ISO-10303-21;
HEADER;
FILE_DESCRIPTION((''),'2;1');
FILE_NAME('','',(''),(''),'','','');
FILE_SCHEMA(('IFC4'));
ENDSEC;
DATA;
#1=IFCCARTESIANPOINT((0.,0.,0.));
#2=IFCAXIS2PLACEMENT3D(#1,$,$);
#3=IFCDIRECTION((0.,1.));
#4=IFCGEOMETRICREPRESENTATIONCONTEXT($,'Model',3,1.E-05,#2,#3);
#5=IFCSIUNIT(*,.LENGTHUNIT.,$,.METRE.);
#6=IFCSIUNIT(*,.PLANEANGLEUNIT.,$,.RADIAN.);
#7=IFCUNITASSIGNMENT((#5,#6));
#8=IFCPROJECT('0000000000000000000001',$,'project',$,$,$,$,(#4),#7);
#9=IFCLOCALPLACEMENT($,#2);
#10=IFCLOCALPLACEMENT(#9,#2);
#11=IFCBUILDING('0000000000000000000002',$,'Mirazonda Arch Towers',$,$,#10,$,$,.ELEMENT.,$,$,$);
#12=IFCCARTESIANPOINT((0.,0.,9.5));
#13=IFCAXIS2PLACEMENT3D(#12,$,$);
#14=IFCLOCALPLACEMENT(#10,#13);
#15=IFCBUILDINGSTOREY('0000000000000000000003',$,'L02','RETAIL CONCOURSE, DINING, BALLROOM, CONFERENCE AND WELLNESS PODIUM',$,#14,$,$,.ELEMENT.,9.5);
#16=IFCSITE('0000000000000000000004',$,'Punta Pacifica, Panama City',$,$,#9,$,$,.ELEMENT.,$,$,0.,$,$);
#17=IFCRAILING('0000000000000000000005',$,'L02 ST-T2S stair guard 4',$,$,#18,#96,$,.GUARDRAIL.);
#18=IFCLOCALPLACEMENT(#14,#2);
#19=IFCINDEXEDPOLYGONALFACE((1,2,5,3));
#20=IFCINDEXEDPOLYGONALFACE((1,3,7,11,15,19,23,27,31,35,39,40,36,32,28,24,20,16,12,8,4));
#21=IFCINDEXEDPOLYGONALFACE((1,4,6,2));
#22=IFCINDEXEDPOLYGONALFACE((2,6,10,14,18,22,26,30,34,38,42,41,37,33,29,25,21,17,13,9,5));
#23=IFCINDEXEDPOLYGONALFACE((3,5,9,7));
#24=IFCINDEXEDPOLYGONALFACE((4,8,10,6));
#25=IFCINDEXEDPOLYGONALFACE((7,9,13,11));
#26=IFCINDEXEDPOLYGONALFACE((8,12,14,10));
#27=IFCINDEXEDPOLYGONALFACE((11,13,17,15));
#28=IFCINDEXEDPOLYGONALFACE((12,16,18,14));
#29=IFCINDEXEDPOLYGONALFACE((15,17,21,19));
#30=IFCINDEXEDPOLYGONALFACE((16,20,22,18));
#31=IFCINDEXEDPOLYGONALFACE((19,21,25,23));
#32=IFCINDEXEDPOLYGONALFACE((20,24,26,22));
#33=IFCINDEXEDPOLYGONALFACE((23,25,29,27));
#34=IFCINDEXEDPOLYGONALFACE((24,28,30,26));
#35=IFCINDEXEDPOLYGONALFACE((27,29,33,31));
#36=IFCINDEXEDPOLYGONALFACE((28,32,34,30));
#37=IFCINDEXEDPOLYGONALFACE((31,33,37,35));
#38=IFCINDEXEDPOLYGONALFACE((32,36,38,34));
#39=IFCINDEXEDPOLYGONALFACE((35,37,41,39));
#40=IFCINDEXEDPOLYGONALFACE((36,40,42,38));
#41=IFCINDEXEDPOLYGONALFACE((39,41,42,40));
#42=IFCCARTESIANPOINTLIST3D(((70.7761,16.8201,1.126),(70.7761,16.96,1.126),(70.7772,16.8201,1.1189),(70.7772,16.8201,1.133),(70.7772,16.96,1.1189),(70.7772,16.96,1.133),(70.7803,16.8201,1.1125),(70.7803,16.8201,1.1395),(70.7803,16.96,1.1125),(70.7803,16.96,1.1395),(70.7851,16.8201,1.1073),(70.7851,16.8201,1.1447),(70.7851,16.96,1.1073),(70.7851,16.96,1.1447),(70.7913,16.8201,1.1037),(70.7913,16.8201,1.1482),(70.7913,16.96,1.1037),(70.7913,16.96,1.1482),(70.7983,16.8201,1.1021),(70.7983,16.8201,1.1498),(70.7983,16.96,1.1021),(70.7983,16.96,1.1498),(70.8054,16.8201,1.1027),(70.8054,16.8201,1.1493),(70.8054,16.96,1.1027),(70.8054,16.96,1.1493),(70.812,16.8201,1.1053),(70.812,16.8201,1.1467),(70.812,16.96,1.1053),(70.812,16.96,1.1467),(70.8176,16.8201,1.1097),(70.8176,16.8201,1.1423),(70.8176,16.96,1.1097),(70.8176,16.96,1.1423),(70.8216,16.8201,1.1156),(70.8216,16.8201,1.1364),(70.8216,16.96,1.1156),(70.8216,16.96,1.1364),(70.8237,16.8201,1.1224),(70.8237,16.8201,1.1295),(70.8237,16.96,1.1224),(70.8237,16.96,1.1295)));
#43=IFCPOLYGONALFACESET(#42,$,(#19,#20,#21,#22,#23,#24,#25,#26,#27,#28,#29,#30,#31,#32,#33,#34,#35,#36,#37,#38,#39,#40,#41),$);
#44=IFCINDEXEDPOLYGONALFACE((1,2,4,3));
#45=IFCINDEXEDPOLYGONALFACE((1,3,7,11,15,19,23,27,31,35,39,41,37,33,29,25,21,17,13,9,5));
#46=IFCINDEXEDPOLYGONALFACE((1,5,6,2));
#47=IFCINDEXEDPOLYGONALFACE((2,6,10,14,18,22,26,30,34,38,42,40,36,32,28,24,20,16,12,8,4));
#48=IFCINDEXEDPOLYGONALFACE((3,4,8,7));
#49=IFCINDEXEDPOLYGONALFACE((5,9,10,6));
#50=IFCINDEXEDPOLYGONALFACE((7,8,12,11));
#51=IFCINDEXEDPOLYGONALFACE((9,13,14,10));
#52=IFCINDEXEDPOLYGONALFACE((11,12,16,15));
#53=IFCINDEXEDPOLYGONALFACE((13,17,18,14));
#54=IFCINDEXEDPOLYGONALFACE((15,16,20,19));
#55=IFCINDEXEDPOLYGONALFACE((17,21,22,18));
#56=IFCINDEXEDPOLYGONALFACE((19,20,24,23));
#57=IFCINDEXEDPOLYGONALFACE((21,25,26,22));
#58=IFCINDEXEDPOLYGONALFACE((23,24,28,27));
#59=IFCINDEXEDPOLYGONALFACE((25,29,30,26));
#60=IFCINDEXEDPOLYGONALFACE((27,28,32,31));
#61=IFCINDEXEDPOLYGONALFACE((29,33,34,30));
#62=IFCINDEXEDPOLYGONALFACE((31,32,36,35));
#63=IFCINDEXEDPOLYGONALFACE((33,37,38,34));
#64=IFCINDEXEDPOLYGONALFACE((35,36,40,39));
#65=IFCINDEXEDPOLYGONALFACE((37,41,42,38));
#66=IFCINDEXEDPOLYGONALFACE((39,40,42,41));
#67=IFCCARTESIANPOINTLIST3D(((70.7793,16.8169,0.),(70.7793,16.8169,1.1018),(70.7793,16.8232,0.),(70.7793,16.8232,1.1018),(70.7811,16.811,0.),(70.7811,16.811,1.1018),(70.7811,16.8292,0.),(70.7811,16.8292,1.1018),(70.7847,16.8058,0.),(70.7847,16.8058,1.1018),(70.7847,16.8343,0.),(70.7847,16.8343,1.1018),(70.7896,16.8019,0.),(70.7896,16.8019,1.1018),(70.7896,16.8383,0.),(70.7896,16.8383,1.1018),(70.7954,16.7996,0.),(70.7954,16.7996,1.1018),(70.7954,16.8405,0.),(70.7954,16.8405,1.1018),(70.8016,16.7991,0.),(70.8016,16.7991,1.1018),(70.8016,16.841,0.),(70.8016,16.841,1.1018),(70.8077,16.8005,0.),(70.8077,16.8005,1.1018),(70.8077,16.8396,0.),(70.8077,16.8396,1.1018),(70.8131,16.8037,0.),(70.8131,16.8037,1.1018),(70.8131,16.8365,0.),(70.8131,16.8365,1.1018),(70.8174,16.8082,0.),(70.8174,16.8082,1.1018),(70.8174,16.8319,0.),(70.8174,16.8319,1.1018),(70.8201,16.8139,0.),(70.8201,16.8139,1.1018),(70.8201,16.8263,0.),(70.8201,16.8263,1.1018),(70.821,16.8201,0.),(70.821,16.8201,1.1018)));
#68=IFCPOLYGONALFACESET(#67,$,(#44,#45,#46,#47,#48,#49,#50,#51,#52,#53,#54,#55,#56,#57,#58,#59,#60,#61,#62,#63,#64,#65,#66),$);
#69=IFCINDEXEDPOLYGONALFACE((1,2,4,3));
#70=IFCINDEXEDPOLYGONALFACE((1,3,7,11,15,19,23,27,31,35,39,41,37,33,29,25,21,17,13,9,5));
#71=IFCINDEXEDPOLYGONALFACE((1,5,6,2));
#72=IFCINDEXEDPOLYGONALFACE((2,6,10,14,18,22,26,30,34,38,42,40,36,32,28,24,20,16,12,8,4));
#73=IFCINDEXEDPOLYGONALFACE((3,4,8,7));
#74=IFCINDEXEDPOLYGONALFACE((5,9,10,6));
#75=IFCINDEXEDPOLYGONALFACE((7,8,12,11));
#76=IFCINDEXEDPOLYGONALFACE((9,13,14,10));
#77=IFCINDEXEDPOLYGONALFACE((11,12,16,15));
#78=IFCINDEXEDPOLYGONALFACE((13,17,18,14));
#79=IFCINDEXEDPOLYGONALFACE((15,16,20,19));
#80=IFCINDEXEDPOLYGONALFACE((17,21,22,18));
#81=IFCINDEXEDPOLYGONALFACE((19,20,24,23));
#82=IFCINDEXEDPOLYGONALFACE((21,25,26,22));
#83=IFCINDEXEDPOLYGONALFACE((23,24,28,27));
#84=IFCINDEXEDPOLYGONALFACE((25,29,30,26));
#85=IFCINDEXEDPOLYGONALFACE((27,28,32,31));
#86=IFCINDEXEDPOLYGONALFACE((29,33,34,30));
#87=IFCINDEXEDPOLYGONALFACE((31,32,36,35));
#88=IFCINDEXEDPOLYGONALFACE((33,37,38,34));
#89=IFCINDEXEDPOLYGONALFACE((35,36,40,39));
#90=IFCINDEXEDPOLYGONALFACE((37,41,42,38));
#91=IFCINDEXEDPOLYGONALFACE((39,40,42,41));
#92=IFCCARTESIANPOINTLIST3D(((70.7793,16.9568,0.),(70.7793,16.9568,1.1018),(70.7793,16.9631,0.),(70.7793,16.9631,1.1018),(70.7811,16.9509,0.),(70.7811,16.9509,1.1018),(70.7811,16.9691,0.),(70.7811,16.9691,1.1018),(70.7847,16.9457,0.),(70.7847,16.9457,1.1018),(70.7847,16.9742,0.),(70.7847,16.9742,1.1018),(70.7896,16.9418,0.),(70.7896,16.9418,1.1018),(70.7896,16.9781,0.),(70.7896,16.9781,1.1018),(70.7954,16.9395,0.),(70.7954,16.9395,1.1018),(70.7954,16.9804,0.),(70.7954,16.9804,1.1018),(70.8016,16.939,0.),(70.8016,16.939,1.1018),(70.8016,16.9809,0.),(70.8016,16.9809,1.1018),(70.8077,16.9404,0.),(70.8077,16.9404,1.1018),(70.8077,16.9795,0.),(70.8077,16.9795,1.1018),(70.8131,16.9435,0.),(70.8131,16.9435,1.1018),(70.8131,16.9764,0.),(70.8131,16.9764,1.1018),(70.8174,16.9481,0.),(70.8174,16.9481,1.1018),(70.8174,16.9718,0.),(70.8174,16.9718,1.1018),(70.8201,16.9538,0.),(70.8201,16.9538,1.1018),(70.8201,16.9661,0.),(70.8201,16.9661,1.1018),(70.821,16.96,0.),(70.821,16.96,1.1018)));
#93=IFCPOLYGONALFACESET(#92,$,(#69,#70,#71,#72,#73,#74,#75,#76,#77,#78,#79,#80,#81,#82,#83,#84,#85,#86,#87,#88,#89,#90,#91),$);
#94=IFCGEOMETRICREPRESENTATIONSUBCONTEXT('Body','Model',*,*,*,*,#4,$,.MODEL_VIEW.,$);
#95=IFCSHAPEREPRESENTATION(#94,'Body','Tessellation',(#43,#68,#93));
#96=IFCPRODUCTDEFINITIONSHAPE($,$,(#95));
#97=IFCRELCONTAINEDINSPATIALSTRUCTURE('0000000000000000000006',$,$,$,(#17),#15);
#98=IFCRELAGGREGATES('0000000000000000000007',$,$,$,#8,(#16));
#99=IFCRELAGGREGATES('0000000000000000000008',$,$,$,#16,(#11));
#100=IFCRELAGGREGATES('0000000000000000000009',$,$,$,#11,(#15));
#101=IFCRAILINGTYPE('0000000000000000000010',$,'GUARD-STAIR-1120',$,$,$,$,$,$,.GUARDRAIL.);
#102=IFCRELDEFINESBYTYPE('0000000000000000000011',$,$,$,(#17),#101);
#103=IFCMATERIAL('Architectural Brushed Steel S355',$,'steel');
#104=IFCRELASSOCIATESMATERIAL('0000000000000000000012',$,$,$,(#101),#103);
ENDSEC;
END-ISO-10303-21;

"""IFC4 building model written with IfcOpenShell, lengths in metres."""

from ifc_helpers import new_model, si_unit, direction, frame, origin, origin_2d, place, context, subcontext, project, spatial, circle, extrude, material, type_object, element, save


model = new_model("IFC4")

# Units and contexts
model_context = context("Model", 3, precision=1e-05, world=origin(), true_north=direction((0.0, 1.0)))
body_context = subcontext(model_context, "Body", "Model", "MODEL_VIEW")
ifc_project = project(units=[si_unit("LENGTHUNIT", "METRE"), si_unit("PLANEANGLEUNIT", "RADIAN")], contexts=[model_context])

# Site, building, storey
site_placement = place(None, origin())
site = spatial("IfcSite", under=ifc_project, at=site_placement, Name="Punta Pacifica, Panama City", CompositionType="ELEMENT", RefElevation=0.0)
building_placement = place(site_placement, origin())
building = spatial("IfcBuilding", under=site, at=building_placement, Name="Mirazonda Arch Towers", CompositionType="ELEMENT")
storey_placement = place(building_placement, frame((0.0, 0.0, 9.5)))
storey = spatial("IfcBuildingStorey", under=building, at=storey_placement, Name="L02", Description="RETAIL CONCOURSE, DINING, BALLROOM, CONFERENCE AND WELLNESS PODIUM", CompositionType="ELEMENT", Elevation=9.5)

# Shared definitions
ifc_material_1 = material(Name="Architectural Brushed Steel S355", Category="steel")

# Railing
railing_type = type_object("IfcRailingType", Name="GUARD-STAIR-1120", PredefinedType="GUARDRAIL", material=ifc_material_1)
railing_placement = place(storey_placement, frame((70.8, 16.8201, 0.0)))
element("IfcRailing", 1, at=railing_placement, inside=storey, type_object=railing_type, Name="L02 ST-T2S stair guard 4", PredefinedType="GUARDRAIL", context=body_context, shape_type="SweptSolid", body=[
    extrude(circle(Radius=0.0239, at=origin_2d()), frame((0.0, 0.0, 1.126), z_axis=(0.0, 1.0, 0.0), x_axis=(-1.0, 0.0, 0.0)), (0.0, 0.0, 1.0), 0.1399),
    extrude(circle(Radius=0.021, at=origin_2d()), origin(), (0.0, 0.0, 1.0), 1.1018),
    extrude(circle(Radius=0.021, at=origin_2d()), frame((0.0, 0.1399, 0.0)), (0.0, 0.0, 1.0), 1.1018),
])

save(model, "model.ifc")
